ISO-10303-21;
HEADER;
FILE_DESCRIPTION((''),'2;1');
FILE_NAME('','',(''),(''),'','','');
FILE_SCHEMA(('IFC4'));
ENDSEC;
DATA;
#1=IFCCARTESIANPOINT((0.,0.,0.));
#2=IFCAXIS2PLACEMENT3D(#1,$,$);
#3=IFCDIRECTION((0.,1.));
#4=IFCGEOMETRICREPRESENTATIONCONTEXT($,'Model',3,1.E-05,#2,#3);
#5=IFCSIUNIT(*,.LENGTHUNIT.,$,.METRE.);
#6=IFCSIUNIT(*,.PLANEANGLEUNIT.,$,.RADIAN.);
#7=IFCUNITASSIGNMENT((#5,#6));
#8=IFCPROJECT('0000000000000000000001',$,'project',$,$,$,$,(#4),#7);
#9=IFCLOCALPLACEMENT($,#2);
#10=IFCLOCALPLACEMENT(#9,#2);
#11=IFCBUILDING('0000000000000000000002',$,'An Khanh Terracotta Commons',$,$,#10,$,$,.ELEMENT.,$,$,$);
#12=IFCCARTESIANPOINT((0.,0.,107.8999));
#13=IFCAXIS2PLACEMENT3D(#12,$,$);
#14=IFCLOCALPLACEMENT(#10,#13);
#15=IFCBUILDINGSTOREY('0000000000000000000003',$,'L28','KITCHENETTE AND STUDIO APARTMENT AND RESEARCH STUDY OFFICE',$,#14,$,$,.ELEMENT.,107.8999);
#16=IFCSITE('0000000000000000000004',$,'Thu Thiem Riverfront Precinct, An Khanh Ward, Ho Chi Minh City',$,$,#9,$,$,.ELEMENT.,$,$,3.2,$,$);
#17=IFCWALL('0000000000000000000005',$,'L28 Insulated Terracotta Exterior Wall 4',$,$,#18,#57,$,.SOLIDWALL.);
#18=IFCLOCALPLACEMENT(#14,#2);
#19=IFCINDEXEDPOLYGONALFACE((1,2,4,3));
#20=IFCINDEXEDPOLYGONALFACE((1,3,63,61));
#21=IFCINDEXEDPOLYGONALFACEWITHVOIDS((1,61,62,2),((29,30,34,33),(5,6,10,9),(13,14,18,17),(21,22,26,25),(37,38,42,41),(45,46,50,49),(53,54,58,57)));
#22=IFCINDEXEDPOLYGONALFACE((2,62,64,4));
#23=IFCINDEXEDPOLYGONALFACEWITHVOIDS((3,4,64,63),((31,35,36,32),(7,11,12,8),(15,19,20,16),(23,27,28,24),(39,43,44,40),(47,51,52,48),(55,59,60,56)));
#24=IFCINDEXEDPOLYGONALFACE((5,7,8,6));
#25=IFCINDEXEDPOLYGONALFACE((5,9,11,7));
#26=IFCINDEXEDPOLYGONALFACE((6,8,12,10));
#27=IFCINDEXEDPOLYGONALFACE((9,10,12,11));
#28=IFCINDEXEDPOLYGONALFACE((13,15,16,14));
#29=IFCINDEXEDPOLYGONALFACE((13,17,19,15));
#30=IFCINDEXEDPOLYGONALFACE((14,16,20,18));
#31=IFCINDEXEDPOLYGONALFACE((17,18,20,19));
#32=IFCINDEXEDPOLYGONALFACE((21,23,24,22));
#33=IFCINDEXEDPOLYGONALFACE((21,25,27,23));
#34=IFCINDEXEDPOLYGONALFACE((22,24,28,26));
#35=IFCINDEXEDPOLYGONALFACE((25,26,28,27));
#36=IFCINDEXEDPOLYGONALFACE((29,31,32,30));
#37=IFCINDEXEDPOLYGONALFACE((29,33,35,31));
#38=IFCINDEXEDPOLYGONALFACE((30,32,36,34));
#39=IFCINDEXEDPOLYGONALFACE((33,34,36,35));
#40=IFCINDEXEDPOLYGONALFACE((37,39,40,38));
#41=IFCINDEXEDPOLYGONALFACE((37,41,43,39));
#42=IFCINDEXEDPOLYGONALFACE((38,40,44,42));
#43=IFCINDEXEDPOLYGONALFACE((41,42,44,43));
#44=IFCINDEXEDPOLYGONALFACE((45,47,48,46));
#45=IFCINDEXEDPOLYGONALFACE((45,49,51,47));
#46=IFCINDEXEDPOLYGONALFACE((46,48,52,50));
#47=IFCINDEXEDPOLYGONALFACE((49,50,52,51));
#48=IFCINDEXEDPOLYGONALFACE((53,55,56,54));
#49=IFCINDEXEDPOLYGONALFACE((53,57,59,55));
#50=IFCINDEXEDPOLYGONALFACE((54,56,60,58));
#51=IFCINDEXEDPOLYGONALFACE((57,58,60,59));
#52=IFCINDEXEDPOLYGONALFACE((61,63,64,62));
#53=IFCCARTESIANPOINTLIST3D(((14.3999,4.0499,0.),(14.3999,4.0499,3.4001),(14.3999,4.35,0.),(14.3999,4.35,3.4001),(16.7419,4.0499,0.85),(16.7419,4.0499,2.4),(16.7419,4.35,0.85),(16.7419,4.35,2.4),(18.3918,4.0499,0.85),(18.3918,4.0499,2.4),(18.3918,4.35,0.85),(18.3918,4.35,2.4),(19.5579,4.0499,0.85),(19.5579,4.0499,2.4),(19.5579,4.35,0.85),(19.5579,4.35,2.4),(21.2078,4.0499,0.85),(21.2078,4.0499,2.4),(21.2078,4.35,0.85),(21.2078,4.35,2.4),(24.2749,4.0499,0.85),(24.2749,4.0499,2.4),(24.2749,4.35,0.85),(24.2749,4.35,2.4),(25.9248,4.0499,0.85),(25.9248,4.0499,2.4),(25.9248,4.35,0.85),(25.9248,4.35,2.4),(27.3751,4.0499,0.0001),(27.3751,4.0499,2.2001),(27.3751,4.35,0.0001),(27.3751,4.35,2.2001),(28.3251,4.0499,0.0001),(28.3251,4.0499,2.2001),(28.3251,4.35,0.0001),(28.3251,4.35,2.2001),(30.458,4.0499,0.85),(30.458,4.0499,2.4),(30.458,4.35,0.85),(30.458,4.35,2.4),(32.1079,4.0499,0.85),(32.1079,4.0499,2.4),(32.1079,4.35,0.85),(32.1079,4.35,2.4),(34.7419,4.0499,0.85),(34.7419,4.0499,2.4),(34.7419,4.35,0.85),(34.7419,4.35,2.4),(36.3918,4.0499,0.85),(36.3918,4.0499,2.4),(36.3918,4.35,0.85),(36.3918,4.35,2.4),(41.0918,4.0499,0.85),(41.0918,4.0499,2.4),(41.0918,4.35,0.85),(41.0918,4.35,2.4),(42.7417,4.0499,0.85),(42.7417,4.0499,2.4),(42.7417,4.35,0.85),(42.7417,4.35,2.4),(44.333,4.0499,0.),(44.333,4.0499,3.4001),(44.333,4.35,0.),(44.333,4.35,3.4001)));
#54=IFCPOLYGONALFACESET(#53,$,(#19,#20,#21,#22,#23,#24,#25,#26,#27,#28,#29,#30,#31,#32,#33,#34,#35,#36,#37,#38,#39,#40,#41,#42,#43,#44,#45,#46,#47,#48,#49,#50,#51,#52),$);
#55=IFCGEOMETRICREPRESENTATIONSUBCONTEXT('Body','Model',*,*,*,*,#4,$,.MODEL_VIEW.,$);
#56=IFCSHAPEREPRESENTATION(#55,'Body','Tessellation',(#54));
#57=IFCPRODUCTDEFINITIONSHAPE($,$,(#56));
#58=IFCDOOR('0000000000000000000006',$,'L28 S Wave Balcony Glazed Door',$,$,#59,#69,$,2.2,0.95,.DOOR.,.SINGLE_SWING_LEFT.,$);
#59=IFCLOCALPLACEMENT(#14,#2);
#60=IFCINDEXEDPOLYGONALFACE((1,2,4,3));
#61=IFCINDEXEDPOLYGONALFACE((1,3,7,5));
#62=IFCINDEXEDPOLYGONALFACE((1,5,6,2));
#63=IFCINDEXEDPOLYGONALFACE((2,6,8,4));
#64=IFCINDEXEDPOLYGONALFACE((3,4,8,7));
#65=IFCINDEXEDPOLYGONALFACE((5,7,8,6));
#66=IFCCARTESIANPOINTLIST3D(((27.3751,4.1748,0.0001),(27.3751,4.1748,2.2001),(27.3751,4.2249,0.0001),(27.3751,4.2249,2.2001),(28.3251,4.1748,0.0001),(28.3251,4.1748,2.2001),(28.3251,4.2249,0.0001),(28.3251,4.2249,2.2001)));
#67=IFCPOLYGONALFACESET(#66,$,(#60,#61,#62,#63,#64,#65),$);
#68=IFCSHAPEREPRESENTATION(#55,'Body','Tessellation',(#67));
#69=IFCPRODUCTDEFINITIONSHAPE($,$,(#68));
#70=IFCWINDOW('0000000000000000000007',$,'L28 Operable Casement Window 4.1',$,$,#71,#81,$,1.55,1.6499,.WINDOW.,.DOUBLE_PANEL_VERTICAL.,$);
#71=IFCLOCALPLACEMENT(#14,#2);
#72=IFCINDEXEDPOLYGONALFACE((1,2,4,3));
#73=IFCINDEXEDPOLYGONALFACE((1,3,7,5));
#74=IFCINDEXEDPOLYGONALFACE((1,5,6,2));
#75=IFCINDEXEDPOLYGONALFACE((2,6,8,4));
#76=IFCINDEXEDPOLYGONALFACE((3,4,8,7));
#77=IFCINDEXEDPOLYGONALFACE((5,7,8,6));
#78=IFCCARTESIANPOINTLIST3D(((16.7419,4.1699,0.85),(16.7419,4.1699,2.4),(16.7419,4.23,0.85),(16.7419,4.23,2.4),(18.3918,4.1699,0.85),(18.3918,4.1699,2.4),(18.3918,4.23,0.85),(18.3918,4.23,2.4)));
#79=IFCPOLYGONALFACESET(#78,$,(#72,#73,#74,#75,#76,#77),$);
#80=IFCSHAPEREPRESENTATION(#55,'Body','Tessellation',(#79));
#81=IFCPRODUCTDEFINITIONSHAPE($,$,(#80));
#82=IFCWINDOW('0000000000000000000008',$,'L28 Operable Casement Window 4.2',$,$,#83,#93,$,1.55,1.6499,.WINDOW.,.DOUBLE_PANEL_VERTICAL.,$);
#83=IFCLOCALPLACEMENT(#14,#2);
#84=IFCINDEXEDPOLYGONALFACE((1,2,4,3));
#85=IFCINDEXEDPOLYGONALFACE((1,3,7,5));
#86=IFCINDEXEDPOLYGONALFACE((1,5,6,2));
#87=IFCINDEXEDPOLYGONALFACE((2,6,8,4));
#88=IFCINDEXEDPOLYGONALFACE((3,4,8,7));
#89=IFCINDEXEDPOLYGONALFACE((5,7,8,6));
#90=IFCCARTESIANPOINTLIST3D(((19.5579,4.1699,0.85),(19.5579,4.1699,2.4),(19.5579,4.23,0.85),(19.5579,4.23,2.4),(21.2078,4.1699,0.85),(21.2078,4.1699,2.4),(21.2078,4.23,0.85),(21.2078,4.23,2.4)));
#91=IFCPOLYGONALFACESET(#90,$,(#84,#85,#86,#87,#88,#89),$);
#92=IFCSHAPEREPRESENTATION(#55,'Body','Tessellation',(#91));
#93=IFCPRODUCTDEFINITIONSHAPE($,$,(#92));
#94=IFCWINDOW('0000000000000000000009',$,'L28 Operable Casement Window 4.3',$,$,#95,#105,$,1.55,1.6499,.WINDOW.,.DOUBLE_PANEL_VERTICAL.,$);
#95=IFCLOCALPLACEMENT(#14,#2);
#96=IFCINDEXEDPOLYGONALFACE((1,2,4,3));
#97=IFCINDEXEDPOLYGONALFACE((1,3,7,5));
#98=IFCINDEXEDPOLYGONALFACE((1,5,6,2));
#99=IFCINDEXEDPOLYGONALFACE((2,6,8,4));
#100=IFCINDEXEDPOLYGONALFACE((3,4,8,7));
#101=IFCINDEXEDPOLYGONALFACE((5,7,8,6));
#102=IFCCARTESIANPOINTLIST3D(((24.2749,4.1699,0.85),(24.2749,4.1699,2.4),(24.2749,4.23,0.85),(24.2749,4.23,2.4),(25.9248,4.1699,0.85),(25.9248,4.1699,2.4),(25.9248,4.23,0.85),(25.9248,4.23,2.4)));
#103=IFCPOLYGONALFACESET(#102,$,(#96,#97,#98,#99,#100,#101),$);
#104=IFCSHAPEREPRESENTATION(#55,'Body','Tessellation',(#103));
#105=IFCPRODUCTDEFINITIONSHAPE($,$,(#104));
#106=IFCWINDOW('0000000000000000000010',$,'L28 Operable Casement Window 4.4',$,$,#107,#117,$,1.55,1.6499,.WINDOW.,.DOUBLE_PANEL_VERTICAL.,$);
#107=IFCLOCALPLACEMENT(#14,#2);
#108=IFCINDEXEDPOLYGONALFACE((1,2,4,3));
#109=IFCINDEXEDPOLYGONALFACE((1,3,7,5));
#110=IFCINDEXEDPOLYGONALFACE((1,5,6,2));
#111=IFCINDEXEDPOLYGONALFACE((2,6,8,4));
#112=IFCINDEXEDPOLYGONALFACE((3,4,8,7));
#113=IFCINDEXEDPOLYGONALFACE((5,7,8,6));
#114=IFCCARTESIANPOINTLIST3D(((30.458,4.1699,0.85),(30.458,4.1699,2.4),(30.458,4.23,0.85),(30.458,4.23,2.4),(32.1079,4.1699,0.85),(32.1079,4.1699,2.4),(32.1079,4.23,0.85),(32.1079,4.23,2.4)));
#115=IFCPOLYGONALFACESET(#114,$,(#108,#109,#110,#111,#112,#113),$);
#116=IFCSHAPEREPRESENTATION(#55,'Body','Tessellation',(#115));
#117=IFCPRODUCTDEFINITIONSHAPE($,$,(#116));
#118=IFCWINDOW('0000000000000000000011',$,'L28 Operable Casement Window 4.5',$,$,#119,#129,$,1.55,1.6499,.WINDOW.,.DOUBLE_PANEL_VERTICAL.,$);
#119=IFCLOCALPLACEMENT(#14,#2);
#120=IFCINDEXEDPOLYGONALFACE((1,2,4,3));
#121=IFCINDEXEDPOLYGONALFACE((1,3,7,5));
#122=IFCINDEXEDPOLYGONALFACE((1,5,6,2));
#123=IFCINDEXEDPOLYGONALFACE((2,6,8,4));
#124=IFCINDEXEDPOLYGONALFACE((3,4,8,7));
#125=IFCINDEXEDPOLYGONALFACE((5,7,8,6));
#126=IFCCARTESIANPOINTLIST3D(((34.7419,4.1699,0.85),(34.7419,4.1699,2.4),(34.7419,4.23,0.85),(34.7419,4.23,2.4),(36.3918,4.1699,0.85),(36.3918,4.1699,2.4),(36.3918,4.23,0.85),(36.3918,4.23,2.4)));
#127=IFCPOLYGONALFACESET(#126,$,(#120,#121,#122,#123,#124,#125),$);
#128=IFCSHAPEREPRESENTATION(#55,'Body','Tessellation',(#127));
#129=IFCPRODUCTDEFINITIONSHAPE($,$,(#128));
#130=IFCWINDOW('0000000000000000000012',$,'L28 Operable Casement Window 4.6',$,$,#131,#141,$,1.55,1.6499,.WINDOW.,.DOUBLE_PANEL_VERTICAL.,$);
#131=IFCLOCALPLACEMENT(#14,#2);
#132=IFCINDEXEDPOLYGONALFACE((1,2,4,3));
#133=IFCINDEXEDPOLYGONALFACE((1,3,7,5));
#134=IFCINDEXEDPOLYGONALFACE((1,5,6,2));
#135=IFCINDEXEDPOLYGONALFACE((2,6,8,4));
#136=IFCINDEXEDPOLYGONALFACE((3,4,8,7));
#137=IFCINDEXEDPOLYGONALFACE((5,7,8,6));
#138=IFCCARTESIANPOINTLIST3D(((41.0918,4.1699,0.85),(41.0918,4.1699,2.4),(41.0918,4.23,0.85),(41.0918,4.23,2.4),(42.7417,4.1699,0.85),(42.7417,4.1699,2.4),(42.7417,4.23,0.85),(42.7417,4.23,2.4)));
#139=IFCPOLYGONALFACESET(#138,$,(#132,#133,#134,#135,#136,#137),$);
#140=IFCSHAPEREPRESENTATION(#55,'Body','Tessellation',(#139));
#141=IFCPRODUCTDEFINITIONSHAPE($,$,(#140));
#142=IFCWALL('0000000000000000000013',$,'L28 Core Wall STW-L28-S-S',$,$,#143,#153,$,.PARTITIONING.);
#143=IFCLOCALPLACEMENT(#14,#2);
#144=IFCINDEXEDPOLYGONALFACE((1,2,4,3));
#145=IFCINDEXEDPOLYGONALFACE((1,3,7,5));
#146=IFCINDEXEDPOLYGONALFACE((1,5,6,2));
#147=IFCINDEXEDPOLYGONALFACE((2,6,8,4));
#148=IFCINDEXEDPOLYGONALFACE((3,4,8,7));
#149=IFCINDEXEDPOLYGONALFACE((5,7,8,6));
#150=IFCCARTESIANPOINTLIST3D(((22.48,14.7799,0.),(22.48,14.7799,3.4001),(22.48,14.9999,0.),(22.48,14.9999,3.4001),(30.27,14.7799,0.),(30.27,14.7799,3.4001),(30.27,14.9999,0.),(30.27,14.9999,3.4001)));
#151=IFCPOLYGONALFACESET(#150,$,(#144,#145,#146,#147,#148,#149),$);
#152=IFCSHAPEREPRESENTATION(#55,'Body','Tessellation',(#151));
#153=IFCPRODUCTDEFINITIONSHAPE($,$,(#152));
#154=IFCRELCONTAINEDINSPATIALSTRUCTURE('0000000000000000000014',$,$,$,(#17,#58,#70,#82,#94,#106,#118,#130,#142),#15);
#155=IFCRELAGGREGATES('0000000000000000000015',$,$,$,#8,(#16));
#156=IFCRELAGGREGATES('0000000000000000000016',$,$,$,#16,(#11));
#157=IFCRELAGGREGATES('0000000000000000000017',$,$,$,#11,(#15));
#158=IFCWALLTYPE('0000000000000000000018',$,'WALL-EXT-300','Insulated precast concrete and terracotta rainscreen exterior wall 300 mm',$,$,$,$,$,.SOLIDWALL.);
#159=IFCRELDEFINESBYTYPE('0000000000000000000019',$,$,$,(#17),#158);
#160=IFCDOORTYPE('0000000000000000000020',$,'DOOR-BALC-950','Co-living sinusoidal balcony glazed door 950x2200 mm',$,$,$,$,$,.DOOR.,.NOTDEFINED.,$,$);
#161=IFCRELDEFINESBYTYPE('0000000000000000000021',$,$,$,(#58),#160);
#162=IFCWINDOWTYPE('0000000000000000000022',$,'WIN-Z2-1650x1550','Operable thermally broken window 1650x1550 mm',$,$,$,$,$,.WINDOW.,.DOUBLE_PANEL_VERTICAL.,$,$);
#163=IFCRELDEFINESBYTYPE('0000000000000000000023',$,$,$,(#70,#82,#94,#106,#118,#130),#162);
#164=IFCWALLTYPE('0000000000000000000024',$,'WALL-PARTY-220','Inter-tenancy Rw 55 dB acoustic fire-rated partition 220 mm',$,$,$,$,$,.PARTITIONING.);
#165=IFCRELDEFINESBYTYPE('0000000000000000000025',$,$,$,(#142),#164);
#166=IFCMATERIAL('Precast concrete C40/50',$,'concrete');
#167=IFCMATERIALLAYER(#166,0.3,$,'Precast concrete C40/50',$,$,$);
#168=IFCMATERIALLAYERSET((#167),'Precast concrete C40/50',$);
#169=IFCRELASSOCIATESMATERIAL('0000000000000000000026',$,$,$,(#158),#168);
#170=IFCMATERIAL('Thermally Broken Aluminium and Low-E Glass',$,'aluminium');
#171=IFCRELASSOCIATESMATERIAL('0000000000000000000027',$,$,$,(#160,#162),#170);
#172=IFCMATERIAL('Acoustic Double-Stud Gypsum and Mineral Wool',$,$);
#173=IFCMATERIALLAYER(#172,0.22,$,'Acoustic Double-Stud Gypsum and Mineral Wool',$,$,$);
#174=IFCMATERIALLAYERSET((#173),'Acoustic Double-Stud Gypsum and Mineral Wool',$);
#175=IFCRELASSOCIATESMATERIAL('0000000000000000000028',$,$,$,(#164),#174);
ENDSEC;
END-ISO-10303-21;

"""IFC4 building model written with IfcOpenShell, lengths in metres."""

from ifc_helpers import new_model, si_unit, direction, frame, frame_2d, origin, place, context, subcontext, project, spatial, rectangle, extrude, material, layer, layer_set, type_object, element, fill, save


model = new_model("IFC4")

# Units and contexts
model_context = context("Model", 3, precision=1e-05, world=origin(), true_north=direction((0.0, 1.0)))
body_context = subcontext(model_context, "Body", "Model", "MODEL_VIEW")
ifc_project = project(units=[si_unit("LENGTHUNIT", "METRE"), si_unit("PLANEANGLEUNIT", "RADIAN")], contexts=[model_context])

# Site, building, storey
site_placement = place(None, origin())
site = spatial("IfcSite", under=ifc_project, at=site_placement, Name="Thu Thiem Riverfront Precinct, An Khanh Ward, Ho Chi Minh City", CompositionType="ELEMENT", RefElevation=3.2)
building_placement = place(site_placement, origin())
building = spatial("IfcBuilding", under=site, at=building_placement, Name="An Khanh Terracotta Commons", CompositionType="ELEMENT")
storey_placement = place(building_placement, frame((0.0, 0.0, 107.8999)))
storey = spatial("IfcBuildingStorey", under=building, at=storey_placement, Name="L28", Description="KITCHENETTE AND STUDIO APARTMENT AND RESEARCH STUDY OFFICE", CompositionType="ELEMENT", Elevation=107.8999)

# Shared definitions
ifc_material_1 = material(Name="Precast concrete C40/50", Category="concrete")
ifc_layer_1 = layer(ifc_material_1, 0.3, Name="Precast concrete C40/50")
ifc_layer_set_1 = layer_set([ifc_layer_1], Name="Precast concrete C40/50")
wall_type_1 = type_object("IfcWallType", Name="WALL-EXT-300", Description="Insulated precast concrete and terracotta rainscreen exterior wall 300 mm", PredefinedType="SOLIDWALL", material=ifc_layer_set_1)

# Wall, openings, door, windows
wall_1_placement = place(storey_placement, frame((14.3999, 4.2, 0.0), z_axis=(0.0, 0.0, 1.0), x_axis=(1.0, 0.0, 0.0)))
wall_1 = element("IfcWall", 1, at=wall_1_placement, inside=storey, type_object=wall_type_1, Name="L28 Insulated Terracotta Exterior Wall 4", PredefinedType="SOLIDWALL", context=body_context, shape_type="SweptSolid", body=[
    extrude(rectangle(XDim=29.9331, YDim=0.3, at=frame_2d((14.9666, 0.0))), origin(), (0.0, 0.0, 1.0), 3.4001),
])
opening_1_placement = place(wall_1_placement, frame((12.9751, 0.0, 0.0)))
opening_1 = element("IfcOpeningElement", 2, at=opening_1_placement, cuts=wall_1, PredefinedType="OPENING", context=body_context, shape_type="SweptSolid", body=[
    extrude(rectangle(XDim=0.95, YDim=2.2, at=frame_2d((0.4751, 1.1001))), frame((0.0, 0.1599, 0.0), z_axis=(0.0, -1.0, 0.0), x_axis=(1.0, 0.0, 0.0)), (0.0, 0.0, 1.0), 0.3201),
])
opening_2_placement = place(wall_1_placement, frame((2.342, 0.0, 0.8501)))
opening_2 = element("IfcOpeningElement", 3, at=opening_2_placement, cuts=wall_1, PredefinedType="OPENING", context=body_context, shape_type="SweptSolid", body=[
    extrude(rectangle(XDim=1.6499, YDim=1.55, at=frame_2d((0.825, 0.7749))), frame((0.0, 0.1599, 0.0), z_axis=(0.0, -1.0, 0.0), x_axis=(1.0, 0.0, 0.0)), (0.0, 0.0, 1.0), 0.3201),
])
opening_3_placement = place(wall_1_placement, frame((5.158, 0.0, 0.8501)))
opening_3 = element("IfcOpeningElement", 4, at=opening_3_placement, cuts=wall_1, PredefinedType="OPENING", context=body_context, shape_type="SweptSolid", body=[
    extrude(rectangle(XDim=1.6499, YDim=1.55, at=frame_2d((0.825, 0.7749))), frame((0.0, 0.1599, 0.0), z_axis=(0.0, -1.0, 0.0), x_axis=(1.0, 0.0, 0.0)), (0.0, 0.0, 1.0), 0.3201),
])
opening_4_placement = place(wall_1_placement, frame((9.875, 0.0, 0.8501)))
opening_4 = element("IfcOpeningElement", 5, at=opening_4_placement, cuts=wall_1, PredefinedType="OPENING", context=body_context, shape_type="SweptSolid", body=[
    extrude(rectangle(XDim=1.6499, YDim=1.55, at=frame_2d((0.825, 0.7749))), frame((0.0, 0.1599, 0.0), z_axis=(0.0, -1.0, 0.0), x_axis=(1.0, 0.0, 0.0)), (0.0, 0.0, 1.0), 0.3201),
])
opening_5_placement = place(wall_1_placement, frame((16.0581, 0.0, 0.8501)))
opening_5 = element("IfcOpeningElement", 6, at=opening_5_placement, cuts=wall_1, PredefinedType="OPENING", context=body_context, shape_type="SweptSolid", body=[
    extrude(rectangle(XDim=1.6499, YDim=1.55, at=frame_2d((0.825, 0.7749))), frame((0.0, 0.1599, 0.0), z_axis=(0.0, -1.0, 0.0), x_axis=(1.0, 0.0, 0.0)), (0.0, 0.0, 1.0), 0.3201),
])
opening_6_placement = place(wall_1_placement, frame((20.342, 0.0, 0.8501)))
opening_6 = element("IfcOpeningElement", 7, at=opening_6_placement, cuts=wall_1, PredefinedType="OPENING", context=body_context, shape_type="SweptSolid", body=[
    extrude(rectangle(XDim=1.6499, YDim=1.55, at=frame_2d((0.825, 0.7749))), frame((0.0, 0.1599, 0.0), z_axis=(0.0, -1.0, 0.0), x_axis=(1.0, 0.0, 0.0)), (0.0, 0.0, 1.0), 0.3201),
])
opening_7_placement = place(wall_1_placement, frame((26.6919, 0.0, 0.8501)))
opening_7 = element("IfcOpeningElement", 8, at=opening_7_placement, cuts=wall_1, PredefinedType="OPENING", context=body_context, shape_type="SweptSolid", body=[
    extrude(rectangle(XDim=1.6499, YDim=1.55, at=frame_2d((0.825, 0.7749))), frame((0.0, 0.1599, 0.0), z_axis=(0.0, -1.0, 0.0), x_axis=(1.0, 0.0, 0.0)), (0.0, 0.0, 1.0), 0.3201),
])
ifc_material_2 = material(Name="Thermally Broken Aluminium and Low-E Glass", Category="aluminium")
door_type_1 = type_object("IfcDoorType", Name="DOOR-BALC-950", Description="Co-living sinusoidal balcony glazed door 950x2200 mm", OperationType="NOTDEFINED", PredefinedType="DOOR", material=ifc_material_2)
door_1_placement = place(opening_1_placement, origin())
door_1 = element("IfcDoor", 9, at=door_1_placement, inside=storey, type_object=door_type_1, Name="L28 S Wave Balcony Glazed Door", OperationType="SINGLE_SWING_LEFT", OverallHeight=2.2, OverallWidth=0.95, PredefinedType="DOOR", context=body_context, shape_type="SweptSolid", body=[
    extrude(rectangle(XDim=0.95, YDim=2.2, at=frame_2d((0.4751, 1.1001))), frame((0.0, 0.0249, 0.0), z_axis=(0.0, -1.0, 0.0), x_axis=(1.0, 0.0, 0.0)), (0.0, 0.0, 1.0), 0.05),
])
fill(opening_1, door_1)
window_type = type_object("IfcWindowType", Name="WIN-Z2-1650x1550", Description="Operable thermally broken window 1650x1550 mm", PartitioningType="DOUBLE_PANEL_VERTICAL", PredefinedType="WINDOW", material=ifc_material_2)
window_1_placement = place(opening_2_placement, origin())
window_1 = element("IfcWindow", 10, at=window_1_placement, inside=storey, type_object=window_type, Name="L28 Operable Casement Window 4.1", OverallHeight=1.55, OverallWidth=1.6499, PartitioningType="DOUBLE_PANEL_VERTICAL", PredefinedType="WINDOW", context=body_context, shape_type="SweptSolid", body=[
    extrude(rectangle(XDim=1.6499, YDim=1.55, at=frame_2d((0.825, 0.7749))), frame((0.0, 0.03, 0.0), z_axis=(0.0, -1.0, 0.0), x_axis=(1.0, 0.0, 0.0)), (0.0, 0.0, 1.0), 0.0601),
])
fill(opening_2, window_1)
window_2_placement = place(opening_3_placement, origin())
window_2 = element("IfcWindow", 11, at=window_2_placement, inside=storey, type_object=window_type, Name="L28 Operable Casement Window 4.2", OverallHeight=1.55, OverallWidth=1.6499, PartitioningType="DOUBLE_PANEL_VERTICAL", PredefinedType="WINDOW", context=body_context, shape_type="SweptSolid", body=[
    extrude(rectangle(XDim=1.6499, YDim=1.55, at=frame_2d((0.825, 0.7749))), frame((0.0, 0.03, 0.0), z_axis=(0.0, -1.0, 0.0), x_axis=(1.0, 0.0, 0.0)), (0.0, 0.0, 1.0), 0.0601),
])
fill(opening_3, window_2)
window_3_placement = place(opening_4_placement, origin())
window_3 = element("IfcWindow", 12, at=window_3_placement, inside=storey, type_object=window_type, Name="L28 Operable Casement Window 4.3", OverallHeight=1.55, OverallWidth=1.6499, PartitioningType="DOUBLE_PANEL_VERTICAL", PredefinedType="WINDOW", context=body_context, shape_type="SweptSolid", body=[
    extrude(rectangle(XDim=1.6499, YDim=1.55, at=frame_2d((0.825, 0.7749))), frame((0.0, 0.03, 0.0), z_axis=(0.0, -1.0, 0.0), x_axis=(1.0, 0.0, 0.0)), (0.0, 0.0, 1.0), 0.0601),
])
fill(opening_4, window_3)
window_4_placement = place(opening_5_placement, origin())
window_4 = element("IfcWindow", 13, at=window_4_placement, inside=storey, type_object=window_type, Name="L28 Operable Casement Window 4.4", OverallHeight=1.55, OverallWidth=1.6499, PartitioningType="DOUBLE_PANEL_VERTICAL", PredefinedType="WINDOW", context=body_context, shape_type="SweptSolid", body=[
    extrude(rectangle(XDim=1.6499, YDim=1.55, at=frame_2d((0.825, 0.7749))), frame((0.0, 0.03, 0.0), z_axis=(0.0, -1.0, 0.0), x_axis=(1.0, 0.0, 0.0)), (0.0, 0.0, 1.0), 0.0601),
])
fill(opening_5, window_4)
window_5_placement = place(opening_6_placement, origin())
window_5 = element("IfcWindow", 14, at=window_5_placement, inside=storey, type_object=window_type, Name="L28 Operable Casement Window 4.5", OverallHeight=1.55, OverallWidth=1.6499, PartitioningType="DOUBLE_PANEL_VERTICAL", PredefinedType="WINDOW", context=body_context, shape_type="SweptSolid", body=[
    extrude(rectangle(XDim=1.6499, YDim=1.55, at=frame_2d((0.825, 0.7749))), frame((0.0, 0.03, 0.0), z_axis=(0.0, -1.0, 0.0), x_axis=(1.0, 0.0, 0.0)), (0.0, 0.0, 1.0), 0.0601),
])
fill(opening_6, window_5)
window_6_placement = place(opening_7_placement, origin())
window_6 = element("IfcWindow", 15, at=window_6_placement, inside=storey, type_object=window_type, Name="L28 Operable Casement Window 4.6", OverallHeight=1.55, OverallWidth=1.6499, PartitioningType="DOUBLE_PANEL_VERTICAL", PredefinedType="WINDOW", context=body_context, shape_type="SweptSolid", body=[
    extrude(rectangle(XDim=1.6499, YDim=1.55, at=frame_2d((0.825, 0.7749))), frame((0.0, 0.03, 0.0), z_axis=(0.0, -1.0, 0.0), x_axis=(1.0, 0.0, 0.0)), (0.0, 0.0, 1.0), 0.0601),
])
fill(opening_7, window_6)

# Wall
ifc_material_3 = material(Name="Acoustic Double-Stud Gypsum and Mineral Wool")
ifc_layer_2 = layer(ifc_material_3, 0.22, Name="Acoustic Double-Stud Gypsum and Mineral Wool")
ifc_layer_set_2 = layer_set([ifc_layer_2], Name="Acoustic Double-Stud Gypsum and Mineral Wool")
wall_type_2 = type_object("IfcWallType", Name="WALL-PARTY-220", Description="Inter-tenancy Rw 55 dB acoustic fire-rated partition 220 mm", PredefinedType="PARTITIONING", material=ifc_layer_set_2)
wall_2_placement = place(storey_placement, frame((22.48, 14.8899, 0.0), z_axis=(0.0, 0.0, 1.0), x_axis=(1.0, 0.0, 0.0)))
element("IfcWall", 16, at=wall_2_placement, inside=storey, type_object=wall_type_2, Name="L28 Core Wall STW-L28-S-S", PredefinedType="PARTITIONING", context=body_context, shape_type="SweptSolid", body=[
    extrude(rectangle(XDim=7.79, YDim=0.22, at=frame_2d((3.895, 0.0))), origin(), (0.0, 0.0, 1.0), 3.4001),
])

save(model, "model.ifc")
